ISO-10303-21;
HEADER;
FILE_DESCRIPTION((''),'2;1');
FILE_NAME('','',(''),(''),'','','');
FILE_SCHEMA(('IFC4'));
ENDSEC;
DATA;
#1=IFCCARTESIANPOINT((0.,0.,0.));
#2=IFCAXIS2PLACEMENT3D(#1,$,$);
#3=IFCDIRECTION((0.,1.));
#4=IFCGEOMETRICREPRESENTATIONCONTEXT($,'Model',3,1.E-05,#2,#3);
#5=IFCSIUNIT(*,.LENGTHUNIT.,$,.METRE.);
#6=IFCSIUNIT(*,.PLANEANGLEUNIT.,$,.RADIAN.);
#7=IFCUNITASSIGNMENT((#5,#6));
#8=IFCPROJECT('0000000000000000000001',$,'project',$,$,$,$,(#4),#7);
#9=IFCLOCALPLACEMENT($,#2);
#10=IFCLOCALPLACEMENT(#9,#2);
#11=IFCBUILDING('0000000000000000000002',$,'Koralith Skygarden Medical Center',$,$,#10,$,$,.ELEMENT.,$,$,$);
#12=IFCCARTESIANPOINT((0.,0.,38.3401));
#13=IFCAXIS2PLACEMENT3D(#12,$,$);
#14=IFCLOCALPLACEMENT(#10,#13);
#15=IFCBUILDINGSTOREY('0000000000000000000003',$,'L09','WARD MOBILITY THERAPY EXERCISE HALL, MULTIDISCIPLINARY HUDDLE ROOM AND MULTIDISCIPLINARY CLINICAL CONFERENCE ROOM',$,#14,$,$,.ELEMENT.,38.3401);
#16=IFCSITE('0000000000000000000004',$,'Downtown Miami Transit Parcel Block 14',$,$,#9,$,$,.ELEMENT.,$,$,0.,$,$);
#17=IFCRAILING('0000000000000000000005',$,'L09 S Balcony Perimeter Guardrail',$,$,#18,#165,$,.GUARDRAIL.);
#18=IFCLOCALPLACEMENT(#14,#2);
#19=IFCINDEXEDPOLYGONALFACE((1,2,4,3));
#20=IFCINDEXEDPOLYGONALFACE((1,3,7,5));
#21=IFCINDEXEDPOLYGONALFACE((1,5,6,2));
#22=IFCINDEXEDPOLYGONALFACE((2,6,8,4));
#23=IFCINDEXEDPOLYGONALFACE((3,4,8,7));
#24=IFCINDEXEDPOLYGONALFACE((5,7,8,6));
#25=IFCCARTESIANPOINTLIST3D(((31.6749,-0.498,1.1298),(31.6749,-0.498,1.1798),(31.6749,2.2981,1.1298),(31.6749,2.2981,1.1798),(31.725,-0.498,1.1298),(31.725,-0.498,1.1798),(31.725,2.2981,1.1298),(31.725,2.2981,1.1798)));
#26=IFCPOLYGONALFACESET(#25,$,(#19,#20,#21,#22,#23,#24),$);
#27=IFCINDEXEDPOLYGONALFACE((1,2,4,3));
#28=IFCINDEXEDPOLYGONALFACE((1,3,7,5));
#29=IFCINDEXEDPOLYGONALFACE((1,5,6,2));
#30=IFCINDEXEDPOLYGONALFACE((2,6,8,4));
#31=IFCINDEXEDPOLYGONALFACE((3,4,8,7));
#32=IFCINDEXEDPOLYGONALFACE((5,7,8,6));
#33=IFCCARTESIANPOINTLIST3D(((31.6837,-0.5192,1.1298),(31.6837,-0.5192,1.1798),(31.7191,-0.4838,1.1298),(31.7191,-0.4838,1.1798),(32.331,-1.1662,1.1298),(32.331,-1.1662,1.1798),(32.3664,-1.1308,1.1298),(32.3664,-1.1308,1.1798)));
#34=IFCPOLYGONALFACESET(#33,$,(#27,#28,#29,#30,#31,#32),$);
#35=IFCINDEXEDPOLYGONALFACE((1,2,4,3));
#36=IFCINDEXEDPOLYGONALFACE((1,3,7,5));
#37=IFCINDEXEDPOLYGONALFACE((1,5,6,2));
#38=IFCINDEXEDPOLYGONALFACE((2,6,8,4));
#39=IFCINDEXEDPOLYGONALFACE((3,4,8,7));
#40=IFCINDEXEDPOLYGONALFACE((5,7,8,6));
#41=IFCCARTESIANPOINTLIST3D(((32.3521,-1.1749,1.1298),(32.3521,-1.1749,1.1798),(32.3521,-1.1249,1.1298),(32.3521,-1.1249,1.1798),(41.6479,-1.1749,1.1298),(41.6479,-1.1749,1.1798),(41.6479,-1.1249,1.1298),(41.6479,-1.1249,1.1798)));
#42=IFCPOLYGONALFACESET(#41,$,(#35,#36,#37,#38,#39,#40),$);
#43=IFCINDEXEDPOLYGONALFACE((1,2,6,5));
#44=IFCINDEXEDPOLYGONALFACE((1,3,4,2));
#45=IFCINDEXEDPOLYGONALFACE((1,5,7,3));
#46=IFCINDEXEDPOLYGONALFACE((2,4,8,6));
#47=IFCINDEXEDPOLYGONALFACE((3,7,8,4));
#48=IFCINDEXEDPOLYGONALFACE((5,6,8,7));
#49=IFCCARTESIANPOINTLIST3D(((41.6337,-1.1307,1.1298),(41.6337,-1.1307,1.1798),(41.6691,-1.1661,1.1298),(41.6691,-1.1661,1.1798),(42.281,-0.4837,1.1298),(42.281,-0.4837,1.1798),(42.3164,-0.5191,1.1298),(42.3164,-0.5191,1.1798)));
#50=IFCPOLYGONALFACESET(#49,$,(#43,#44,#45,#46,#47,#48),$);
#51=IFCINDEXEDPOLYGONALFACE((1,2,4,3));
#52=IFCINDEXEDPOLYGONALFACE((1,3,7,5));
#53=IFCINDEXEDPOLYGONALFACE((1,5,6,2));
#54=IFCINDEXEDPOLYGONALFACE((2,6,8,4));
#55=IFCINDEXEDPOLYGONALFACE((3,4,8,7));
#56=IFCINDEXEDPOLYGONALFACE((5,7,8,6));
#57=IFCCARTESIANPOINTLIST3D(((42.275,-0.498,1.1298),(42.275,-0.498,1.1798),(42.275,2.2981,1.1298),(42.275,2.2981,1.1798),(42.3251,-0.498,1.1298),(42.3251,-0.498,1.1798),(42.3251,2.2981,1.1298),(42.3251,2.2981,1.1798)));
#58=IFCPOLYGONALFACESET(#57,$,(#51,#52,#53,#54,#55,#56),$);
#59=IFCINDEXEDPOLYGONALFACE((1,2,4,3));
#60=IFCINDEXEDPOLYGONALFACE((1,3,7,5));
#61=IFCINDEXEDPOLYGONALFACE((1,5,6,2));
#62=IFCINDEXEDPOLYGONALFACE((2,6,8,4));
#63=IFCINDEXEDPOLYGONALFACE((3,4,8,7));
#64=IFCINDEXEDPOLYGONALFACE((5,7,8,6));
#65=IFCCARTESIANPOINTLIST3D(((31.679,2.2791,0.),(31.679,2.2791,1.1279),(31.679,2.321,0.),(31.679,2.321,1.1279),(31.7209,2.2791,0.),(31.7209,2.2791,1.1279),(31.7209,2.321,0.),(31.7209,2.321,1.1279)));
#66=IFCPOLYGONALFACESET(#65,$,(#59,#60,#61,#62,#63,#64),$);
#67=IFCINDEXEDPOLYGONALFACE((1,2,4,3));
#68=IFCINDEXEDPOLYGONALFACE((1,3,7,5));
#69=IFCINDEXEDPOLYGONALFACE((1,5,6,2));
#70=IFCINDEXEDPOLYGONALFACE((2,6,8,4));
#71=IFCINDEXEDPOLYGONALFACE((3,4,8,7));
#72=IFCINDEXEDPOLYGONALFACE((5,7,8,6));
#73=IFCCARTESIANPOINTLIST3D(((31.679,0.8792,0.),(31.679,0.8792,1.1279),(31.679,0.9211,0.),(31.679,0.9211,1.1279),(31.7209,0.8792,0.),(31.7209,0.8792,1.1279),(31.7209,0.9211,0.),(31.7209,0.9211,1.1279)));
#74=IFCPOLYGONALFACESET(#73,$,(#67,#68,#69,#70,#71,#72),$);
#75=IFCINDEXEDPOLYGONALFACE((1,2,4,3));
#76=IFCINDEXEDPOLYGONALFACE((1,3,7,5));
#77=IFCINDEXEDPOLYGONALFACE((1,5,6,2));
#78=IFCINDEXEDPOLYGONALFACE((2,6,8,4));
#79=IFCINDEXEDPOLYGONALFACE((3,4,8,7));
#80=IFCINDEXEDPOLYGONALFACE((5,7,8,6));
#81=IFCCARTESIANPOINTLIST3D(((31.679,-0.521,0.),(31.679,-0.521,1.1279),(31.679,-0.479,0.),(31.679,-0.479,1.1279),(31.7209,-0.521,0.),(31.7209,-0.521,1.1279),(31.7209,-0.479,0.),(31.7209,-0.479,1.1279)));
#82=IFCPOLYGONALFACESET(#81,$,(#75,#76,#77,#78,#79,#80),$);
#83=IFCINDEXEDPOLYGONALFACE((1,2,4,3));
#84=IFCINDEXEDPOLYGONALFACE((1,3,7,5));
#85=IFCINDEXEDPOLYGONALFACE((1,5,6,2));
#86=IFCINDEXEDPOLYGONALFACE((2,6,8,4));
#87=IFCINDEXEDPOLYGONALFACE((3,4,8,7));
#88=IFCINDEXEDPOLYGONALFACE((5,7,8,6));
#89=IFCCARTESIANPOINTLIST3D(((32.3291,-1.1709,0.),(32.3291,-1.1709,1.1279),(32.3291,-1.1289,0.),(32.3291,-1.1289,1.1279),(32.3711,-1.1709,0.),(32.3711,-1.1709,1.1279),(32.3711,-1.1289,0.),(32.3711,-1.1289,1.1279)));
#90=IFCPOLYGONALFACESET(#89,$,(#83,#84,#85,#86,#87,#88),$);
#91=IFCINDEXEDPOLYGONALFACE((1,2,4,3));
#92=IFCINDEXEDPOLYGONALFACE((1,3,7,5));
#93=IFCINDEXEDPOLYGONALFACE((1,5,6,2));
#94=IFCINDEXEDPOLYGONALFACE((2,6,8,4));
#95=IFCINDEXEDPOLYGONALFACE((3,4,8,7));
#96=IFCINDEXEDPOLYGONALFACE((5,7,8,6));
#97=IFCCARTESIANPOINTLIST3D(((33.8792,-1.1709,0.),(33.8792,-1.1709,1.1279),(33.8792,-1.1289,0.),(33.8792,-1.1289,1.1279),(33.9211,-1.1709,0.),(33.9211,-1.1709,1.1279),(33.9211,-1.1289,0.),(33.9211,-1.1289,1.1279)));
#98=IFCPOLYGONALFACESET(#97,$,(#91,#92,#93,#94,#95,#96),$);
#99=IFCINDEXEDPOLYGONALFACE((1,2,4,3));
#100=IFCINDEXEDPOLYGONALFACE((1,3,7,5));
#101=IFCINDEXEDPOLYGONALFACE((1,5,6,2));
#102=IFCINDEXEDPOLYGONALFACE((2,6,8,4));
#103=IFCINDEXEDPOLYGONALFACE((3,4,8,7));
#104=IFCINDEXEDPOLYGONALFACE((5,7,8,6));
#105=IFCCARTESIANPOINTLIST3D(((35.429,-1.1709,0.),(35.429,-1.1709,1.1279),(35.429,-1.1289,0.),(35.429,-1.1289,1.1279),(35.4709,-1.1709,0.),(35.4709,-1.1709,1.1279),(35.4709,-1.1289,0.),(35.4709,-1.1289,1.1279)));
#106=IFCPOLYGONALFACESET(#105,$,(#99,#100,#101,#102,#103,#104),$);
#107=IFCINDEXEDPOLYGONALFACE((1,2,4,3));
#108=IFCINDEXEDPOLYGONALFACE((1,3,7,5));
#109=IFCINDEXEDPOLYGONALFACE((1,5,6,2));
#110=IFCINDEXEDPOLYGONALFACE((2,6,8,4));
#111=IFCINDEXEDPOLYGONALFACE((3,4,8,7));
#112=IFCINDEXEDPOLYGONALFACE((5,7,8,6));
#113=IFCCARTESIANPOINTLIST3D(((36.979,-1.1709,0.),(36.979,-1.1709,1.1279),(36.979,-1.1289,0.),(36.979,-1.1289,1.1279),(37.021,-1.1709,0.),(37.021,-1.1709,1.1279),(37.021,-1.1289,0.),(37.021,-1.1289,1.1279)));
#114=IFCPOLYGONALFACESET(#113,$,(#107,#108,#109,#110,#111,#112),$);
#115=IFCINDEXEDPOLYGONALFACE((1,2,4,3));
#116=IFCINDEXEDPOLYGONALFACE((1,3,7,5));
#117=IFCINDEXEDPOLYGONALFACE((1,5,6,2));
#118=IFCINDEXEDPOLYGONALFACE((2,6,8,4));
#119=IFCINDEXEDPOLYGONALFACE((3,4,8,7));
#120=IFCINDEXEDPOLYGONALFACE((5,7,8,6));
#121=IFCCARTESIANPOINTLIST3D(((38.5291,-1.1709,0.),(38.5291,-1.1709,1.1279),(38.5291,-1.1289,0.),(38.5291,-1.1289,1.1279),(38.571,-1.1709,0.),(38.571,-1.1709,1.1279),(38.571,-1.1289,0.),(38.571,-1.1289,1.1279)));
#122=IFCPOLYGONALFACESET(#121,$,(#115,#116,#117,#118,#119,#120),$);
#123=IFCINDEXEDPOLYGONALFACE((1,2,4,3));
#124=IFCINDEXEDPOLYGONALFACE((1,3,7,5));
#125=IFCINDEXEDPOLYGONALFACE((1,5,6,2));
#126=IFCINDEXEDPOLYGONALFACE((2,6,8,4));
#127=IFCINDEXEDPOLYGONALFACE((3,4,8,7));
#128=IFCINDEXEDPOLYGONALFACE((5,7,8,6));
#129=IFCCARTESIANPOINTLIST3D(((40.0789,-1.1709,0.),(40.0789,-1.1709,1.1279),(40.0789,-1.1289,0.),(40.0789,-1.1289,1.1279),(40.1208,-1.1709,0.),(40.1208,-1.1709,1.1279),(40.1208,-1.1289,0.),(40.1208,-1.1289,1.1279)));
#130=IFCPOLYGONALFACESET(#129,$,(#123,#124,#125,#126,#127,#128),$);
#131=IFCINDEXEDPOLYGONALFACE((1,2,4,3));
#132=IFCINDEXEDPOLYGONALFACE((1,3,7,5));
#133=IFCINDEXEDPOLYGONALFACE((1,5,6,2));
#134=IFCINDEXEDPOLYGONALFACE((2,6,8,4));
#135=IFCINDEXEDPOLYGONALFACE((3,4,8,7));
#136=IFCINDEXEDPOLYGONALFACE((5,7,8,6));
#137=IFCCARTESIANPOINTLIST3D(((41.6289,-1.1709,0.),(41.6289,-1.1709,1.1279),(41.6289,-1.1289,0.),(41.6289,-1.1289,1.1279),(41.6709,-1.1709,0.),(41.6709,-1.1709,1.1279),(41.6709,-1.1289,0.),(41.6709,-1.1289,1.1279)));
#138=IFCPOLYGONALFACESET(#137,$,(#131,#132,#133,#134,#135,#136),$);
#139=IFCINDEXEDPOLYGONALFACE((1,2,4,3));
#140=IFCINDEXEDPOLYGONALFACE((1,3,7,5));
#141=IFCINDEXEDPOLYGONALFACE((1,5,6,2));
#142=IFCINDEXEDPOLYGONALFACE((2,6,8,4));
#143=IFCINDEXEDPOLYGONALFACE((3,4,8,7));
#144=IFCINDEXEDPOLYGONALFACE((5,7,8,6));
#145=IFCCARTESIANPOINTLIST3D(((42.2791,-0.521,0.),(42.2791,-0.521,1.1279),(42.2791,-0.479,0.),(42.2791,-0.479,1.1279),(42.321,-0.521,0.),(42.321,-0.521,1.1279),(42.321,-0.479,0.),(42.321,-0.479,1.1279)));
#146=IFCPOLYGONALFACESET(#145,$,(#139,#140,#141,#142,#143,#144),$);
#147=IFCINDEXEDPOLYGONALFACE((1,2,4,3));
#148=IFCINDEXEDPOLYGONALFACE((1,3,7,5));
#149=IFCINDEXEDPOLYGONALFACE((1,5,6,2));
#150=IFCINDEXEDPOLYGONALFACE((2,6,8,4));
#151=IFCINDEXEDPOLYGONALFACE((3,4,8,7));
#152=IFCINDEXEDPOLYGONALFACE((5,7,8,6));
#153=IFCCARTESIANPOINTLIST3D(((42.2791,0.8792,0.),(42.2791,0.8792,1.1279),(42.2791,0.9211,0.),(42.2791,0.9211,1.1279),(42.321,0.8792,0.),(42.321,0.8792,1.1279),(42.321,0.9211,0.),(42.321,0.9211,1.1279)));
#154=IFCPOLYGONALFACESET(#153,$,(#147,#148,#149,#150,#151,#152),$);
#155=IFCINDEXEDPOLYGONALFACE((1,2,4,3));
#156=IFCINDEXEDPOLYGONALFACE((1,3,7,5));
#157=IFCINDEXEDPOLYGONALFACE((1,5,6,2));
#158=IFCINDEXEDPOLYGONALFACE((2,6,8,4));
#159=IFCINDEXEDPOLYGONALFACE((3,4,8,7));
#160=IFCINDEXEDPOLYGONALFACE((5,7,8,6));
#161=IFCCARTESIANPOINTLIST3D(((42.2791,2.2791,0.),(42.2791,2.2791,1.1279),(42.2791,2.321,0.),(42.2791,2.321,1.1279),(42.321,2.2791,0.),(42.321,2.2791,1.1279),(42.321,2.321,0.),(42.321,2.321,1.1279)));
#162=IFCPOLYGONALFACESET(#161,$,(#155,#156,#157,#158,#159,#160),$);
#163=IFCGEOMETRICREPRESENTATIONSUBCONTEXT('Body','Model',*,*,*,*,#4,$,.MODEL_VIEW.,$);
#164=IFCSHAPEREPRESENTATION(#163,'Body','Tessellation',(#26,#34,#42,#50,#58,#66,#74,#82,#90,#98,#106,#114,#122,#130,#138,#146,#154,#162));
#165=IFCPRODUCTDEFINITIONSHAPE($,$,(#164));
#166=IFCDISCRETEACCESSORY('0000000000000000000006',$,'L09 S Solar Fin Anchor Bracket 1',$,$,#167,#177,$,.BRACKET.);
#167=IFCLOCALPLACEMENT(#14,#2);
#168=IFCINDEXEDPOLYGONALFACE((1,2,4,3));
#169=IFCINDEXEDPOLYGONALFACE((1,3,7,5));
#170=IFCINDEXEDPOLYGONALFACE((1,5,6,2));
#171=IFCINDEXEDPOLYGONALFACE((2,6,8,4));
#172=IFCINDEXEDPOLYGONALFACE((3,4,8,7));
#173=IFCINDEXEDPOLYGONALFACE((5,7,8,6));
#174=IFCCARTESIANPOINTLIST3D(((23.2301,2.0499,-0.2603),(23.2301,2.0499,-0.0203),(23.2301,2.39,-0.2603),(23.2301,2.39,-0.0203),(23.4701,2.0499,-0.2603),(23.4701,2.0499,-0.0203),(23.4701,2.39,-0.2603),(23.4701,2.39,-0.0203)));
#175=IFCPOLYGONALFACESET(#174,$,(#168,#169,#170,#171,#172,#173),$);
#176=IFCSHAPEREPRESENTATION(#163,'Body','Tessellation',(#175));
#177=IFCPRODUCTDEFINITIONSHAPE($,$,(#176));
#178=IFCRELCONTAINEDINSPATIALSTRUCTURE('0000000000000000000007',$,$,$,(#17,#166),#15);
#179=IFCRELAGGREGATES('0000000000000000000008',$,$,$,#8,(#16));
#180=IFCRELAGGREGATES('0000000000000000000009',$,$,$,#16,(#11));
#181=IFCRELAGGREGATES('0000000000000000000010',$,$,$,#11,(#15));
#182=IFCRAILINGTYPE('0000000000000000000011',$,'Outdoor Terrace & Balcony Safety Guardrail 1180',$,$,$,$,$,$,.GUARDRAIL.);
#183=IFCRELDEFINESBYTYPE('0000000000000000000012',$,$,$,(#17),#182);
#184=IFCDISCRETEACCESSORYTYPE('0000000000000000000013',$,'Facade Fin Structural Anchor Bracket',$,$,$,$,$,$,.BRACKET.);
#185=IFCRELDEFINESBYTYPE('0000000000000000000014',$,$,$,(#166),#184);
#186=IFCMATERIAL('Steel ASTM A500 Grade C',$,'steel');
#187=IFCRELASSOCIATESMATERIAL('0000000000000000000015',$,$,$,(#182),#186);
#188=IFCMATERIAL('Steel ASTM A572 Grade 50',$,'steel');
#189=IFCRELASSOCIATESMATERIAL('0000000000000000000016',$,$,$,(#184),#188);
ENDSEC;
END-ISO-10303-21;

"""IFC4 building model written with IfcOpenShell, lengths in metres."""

from ifc_helpers import new_model, si_unit, direction, frame, origin, origin_2d, place, context, subcontext, project, spatial, rectangle, extrude, material, type_object, element, save


model = new_model("IFC4")

# Units and contexts
model_context = context("Model", 3, precision=1e-05, world=origin(), true_north=direction((0.0, 1.0)))
body_context = subcontext(model_context, "Body", "Model", "MODEL_VIEW")
ifc_project = project(units=[si_unit("LENGTHUNIT", "METRE"), si_unit("PLANEANGLEUNIT", "RADIAN")], contexts=[model_context])

# Site, building, storey
site_placement = place(None, origin())
site = spatial("IfcSite", under=ifc_project, at=site_placement, Name="Downtown Miami Transit Parcel Block 14", CompositionType="ELEMENT", RefElevation=0.0)
building_placement = place(site_placement, origin())
building = spatial("IfcBuilding", under=site, at=building_placement, Name="Koralith Skygarden Medical Center", CompositionType="ELEMENT")
storey_placement = place(building_placement, frame((0.0, 0.0, 38.3401)))
storey = spatial("IfcBuildingStorey", under=building, at=storey_placement, Name="L09", Description="WARD MOBILITY THERAPY EXERCISE HALL, MULTIDISCIPLINARY HUDDLE ROOM AND MULTIDISCIPLINARY CLINICAL CONFERENCE ROOM", CompositionType="ELEMENT", Elevation=38.3401)

# Railing
ifc_material_1 = material(Name="Steel ASTM A500 Grade C", Category="steel")
railing_type = type_object("IfcRailingType", Name="Outdoor Terrace & Balcony Safety Guardrail 1180", PredefinedType="GUARDRAIL", material=ifc_material_1)
railing_placement = place(storey_placement, frame((31.7, 2.3, 0.0)))
element("IfcRailing", 1, at=railing_placement, inside=storey, type_object=railing_type, Name="L09 S Balcony Perimeter Guardrail", PredefinedType="GUARDRAIL", context=body_context, shape_type="SweptSolid", body=[
    extrude(rectangle(XDim=0.05, YDim=0.05, at=origin_2d()), frame((0.0, -0.002, 1.1548), z_axis=(0.0, -1.0, 0.0), x_axis=(1.0, 0.0, 0.0)), (0.0, 0.0, 1.0), 2.7961),
    extrude(rectangle(XDim=0.05, YDim=0.05, at=origin_2d()), frame((0.0015, -2.8015, 1.1548), z_axis=(0.70724, -0.706974, 0.0), x_axis=(0.706974, 0.70724, 0.0)), (0.0, 0.0, 1.0), 0.9153),
    extrude(rectangle(XDim=0.05, YDim=0.05, at=origin_2d()), frame((0.6521, -3.45, 1.1548), z_axis=(1.0, 0.0, 0.0), x_axis=(0.0, 1.0, 0.0)), (0.0, 0.0, 1.0), 9.2959),
    extrude(rectangle(XDim=0.05, YDim=0.05, at=origin_2d()), frame((9.9514, -3.4485, 1.1548), z_axis=(0.70724, 0.706974, 0.0), x_axis=(-0.706974, 0.70724, 0.0)), (0.0, 0.0, 1.0), 0.9153),
    extrude(rectangle(XDim=0.05, YDim=0.05, at=origin_2d()), frame((10.6001, -2.7981, 1.1548), z_axis=(0.0, 1.0, 0.0), x_axis=(-1.0, 0.0, 0.0)), (0.0, 0.0, 1.0), 2.7961),
    extrude(rectangle(XDim=0.042, YDim=0.042, at=origin_2d()), origin(), (0.0, 0.0, 1.0), 1.1279),
    extrude(rectangle(XDim=0.042, YDim=0.042, at=origin_2d()), frame((0.0, -1.3999, 0.0)), (0.0, 0.0, 1.0), 1.1279),
    extrude(rectangle(XDim=0.042, YDim=0.042, at=origin_2d()), frame((0.0, -2.8, 0.0)), (0.0, 0.0, 1.0), 1.1279),
    extrude(rectangle(XDim=0.042, YDim=0.042, at=origin_2d()), frame((0.6501, -3.45, 0.0)), (0.0, 0.0, 1.0), 1.1279),
    extrude(rectangle(XDim=0.042, YDim=0.042, at=origin_2d()), frame((2.2002, -3.45, 0.0)), (0.0, 0.0, 1.0), 1.1279),
    extrude(rectangle(XDim=0.042, YDim=0.042, at=origin_2d()), frame((3.75, -3.45, 0.0)), (0.0, 0.0, 1.0), 1.1279),
    extrude(rectangle(XDim=0.042, YDim=0.042, at=origin_2d()), frame((5.3, -3.45, 0.0)), (0.0, 0.0, 1.0), 1.1279),
    extrude(rectangle(XDim=0.042, YDim=0.042, at=origin_2d()), frame((6.8501, -3.45, 0.0)), (0.0, 0.0, 1.0), 1.1279),
    extrude(rectangle(XDim=0.042, YDim=0.042, at=origin_2d()), frame((8.3999, -3.45, 0.0)), (0.0, 0.0, 1.0), 1.1279),
    extrude(rectangle(XDim=0.042, YDim=0.042, at=origin_2d()), frame((9.95, -3.45, 0.0)), (0.0, 0.0, 1.0), 1.1279),
    extrude(rectangle(XDim=0.042, YDim=0.042, at=origin_2d()), frame((10.6001, -2.8, 0.0)), (0.0, 0.0, 1.0), 1.1279),
    extrude(rectangle(XDim=0.042, YDim=0.042, at=origin_2d()), frame((10.6001, -1.3999, 0.0)), (0.0, 0.0, 1.0), 1.1279),
    extrude(rectangle(XDim=0.042, YDim=0.042, at=origin_2d()), frame((10.6001, 0.0, 0.0)), (0.0, 0.0, 1.0), 1.1279),
])

# Discrete accessory
ifc_material_2 = material(Name="Steel ASTM A572 Grade 50", Category="steel")
discrete_accessory_type = type_object("IfcDiscreteAccessoryType", Name="Facade Fin Structural Anchor Bracket", PredefinedType="BRACKET", material=ifc_material_2)
discrete_accessory_placement = place(storey_placement, frame((23.3501, 2.22, -0.2603), z_axis=(0.0, 0.0, 1.0), x_axis=(0.0, -1.0, 0.0)))
element("IfcDiscreteAccessory", 2, at=discrete_accessory_placement, inside=storey, type_object=discrete_accessory_type, Name="L09 S Solar Fin Anchor Bracket 1", PredefinedType="BRACKET", context=body_context, shape_type="SweptSolid", body=[
    extrude(rectangle(XDim=0.3401, YDim=0.24, at=origin_2d()), origin(), (0.0, 0.0, 1.0), 0.24),
])

save(model, "model.ifc")
